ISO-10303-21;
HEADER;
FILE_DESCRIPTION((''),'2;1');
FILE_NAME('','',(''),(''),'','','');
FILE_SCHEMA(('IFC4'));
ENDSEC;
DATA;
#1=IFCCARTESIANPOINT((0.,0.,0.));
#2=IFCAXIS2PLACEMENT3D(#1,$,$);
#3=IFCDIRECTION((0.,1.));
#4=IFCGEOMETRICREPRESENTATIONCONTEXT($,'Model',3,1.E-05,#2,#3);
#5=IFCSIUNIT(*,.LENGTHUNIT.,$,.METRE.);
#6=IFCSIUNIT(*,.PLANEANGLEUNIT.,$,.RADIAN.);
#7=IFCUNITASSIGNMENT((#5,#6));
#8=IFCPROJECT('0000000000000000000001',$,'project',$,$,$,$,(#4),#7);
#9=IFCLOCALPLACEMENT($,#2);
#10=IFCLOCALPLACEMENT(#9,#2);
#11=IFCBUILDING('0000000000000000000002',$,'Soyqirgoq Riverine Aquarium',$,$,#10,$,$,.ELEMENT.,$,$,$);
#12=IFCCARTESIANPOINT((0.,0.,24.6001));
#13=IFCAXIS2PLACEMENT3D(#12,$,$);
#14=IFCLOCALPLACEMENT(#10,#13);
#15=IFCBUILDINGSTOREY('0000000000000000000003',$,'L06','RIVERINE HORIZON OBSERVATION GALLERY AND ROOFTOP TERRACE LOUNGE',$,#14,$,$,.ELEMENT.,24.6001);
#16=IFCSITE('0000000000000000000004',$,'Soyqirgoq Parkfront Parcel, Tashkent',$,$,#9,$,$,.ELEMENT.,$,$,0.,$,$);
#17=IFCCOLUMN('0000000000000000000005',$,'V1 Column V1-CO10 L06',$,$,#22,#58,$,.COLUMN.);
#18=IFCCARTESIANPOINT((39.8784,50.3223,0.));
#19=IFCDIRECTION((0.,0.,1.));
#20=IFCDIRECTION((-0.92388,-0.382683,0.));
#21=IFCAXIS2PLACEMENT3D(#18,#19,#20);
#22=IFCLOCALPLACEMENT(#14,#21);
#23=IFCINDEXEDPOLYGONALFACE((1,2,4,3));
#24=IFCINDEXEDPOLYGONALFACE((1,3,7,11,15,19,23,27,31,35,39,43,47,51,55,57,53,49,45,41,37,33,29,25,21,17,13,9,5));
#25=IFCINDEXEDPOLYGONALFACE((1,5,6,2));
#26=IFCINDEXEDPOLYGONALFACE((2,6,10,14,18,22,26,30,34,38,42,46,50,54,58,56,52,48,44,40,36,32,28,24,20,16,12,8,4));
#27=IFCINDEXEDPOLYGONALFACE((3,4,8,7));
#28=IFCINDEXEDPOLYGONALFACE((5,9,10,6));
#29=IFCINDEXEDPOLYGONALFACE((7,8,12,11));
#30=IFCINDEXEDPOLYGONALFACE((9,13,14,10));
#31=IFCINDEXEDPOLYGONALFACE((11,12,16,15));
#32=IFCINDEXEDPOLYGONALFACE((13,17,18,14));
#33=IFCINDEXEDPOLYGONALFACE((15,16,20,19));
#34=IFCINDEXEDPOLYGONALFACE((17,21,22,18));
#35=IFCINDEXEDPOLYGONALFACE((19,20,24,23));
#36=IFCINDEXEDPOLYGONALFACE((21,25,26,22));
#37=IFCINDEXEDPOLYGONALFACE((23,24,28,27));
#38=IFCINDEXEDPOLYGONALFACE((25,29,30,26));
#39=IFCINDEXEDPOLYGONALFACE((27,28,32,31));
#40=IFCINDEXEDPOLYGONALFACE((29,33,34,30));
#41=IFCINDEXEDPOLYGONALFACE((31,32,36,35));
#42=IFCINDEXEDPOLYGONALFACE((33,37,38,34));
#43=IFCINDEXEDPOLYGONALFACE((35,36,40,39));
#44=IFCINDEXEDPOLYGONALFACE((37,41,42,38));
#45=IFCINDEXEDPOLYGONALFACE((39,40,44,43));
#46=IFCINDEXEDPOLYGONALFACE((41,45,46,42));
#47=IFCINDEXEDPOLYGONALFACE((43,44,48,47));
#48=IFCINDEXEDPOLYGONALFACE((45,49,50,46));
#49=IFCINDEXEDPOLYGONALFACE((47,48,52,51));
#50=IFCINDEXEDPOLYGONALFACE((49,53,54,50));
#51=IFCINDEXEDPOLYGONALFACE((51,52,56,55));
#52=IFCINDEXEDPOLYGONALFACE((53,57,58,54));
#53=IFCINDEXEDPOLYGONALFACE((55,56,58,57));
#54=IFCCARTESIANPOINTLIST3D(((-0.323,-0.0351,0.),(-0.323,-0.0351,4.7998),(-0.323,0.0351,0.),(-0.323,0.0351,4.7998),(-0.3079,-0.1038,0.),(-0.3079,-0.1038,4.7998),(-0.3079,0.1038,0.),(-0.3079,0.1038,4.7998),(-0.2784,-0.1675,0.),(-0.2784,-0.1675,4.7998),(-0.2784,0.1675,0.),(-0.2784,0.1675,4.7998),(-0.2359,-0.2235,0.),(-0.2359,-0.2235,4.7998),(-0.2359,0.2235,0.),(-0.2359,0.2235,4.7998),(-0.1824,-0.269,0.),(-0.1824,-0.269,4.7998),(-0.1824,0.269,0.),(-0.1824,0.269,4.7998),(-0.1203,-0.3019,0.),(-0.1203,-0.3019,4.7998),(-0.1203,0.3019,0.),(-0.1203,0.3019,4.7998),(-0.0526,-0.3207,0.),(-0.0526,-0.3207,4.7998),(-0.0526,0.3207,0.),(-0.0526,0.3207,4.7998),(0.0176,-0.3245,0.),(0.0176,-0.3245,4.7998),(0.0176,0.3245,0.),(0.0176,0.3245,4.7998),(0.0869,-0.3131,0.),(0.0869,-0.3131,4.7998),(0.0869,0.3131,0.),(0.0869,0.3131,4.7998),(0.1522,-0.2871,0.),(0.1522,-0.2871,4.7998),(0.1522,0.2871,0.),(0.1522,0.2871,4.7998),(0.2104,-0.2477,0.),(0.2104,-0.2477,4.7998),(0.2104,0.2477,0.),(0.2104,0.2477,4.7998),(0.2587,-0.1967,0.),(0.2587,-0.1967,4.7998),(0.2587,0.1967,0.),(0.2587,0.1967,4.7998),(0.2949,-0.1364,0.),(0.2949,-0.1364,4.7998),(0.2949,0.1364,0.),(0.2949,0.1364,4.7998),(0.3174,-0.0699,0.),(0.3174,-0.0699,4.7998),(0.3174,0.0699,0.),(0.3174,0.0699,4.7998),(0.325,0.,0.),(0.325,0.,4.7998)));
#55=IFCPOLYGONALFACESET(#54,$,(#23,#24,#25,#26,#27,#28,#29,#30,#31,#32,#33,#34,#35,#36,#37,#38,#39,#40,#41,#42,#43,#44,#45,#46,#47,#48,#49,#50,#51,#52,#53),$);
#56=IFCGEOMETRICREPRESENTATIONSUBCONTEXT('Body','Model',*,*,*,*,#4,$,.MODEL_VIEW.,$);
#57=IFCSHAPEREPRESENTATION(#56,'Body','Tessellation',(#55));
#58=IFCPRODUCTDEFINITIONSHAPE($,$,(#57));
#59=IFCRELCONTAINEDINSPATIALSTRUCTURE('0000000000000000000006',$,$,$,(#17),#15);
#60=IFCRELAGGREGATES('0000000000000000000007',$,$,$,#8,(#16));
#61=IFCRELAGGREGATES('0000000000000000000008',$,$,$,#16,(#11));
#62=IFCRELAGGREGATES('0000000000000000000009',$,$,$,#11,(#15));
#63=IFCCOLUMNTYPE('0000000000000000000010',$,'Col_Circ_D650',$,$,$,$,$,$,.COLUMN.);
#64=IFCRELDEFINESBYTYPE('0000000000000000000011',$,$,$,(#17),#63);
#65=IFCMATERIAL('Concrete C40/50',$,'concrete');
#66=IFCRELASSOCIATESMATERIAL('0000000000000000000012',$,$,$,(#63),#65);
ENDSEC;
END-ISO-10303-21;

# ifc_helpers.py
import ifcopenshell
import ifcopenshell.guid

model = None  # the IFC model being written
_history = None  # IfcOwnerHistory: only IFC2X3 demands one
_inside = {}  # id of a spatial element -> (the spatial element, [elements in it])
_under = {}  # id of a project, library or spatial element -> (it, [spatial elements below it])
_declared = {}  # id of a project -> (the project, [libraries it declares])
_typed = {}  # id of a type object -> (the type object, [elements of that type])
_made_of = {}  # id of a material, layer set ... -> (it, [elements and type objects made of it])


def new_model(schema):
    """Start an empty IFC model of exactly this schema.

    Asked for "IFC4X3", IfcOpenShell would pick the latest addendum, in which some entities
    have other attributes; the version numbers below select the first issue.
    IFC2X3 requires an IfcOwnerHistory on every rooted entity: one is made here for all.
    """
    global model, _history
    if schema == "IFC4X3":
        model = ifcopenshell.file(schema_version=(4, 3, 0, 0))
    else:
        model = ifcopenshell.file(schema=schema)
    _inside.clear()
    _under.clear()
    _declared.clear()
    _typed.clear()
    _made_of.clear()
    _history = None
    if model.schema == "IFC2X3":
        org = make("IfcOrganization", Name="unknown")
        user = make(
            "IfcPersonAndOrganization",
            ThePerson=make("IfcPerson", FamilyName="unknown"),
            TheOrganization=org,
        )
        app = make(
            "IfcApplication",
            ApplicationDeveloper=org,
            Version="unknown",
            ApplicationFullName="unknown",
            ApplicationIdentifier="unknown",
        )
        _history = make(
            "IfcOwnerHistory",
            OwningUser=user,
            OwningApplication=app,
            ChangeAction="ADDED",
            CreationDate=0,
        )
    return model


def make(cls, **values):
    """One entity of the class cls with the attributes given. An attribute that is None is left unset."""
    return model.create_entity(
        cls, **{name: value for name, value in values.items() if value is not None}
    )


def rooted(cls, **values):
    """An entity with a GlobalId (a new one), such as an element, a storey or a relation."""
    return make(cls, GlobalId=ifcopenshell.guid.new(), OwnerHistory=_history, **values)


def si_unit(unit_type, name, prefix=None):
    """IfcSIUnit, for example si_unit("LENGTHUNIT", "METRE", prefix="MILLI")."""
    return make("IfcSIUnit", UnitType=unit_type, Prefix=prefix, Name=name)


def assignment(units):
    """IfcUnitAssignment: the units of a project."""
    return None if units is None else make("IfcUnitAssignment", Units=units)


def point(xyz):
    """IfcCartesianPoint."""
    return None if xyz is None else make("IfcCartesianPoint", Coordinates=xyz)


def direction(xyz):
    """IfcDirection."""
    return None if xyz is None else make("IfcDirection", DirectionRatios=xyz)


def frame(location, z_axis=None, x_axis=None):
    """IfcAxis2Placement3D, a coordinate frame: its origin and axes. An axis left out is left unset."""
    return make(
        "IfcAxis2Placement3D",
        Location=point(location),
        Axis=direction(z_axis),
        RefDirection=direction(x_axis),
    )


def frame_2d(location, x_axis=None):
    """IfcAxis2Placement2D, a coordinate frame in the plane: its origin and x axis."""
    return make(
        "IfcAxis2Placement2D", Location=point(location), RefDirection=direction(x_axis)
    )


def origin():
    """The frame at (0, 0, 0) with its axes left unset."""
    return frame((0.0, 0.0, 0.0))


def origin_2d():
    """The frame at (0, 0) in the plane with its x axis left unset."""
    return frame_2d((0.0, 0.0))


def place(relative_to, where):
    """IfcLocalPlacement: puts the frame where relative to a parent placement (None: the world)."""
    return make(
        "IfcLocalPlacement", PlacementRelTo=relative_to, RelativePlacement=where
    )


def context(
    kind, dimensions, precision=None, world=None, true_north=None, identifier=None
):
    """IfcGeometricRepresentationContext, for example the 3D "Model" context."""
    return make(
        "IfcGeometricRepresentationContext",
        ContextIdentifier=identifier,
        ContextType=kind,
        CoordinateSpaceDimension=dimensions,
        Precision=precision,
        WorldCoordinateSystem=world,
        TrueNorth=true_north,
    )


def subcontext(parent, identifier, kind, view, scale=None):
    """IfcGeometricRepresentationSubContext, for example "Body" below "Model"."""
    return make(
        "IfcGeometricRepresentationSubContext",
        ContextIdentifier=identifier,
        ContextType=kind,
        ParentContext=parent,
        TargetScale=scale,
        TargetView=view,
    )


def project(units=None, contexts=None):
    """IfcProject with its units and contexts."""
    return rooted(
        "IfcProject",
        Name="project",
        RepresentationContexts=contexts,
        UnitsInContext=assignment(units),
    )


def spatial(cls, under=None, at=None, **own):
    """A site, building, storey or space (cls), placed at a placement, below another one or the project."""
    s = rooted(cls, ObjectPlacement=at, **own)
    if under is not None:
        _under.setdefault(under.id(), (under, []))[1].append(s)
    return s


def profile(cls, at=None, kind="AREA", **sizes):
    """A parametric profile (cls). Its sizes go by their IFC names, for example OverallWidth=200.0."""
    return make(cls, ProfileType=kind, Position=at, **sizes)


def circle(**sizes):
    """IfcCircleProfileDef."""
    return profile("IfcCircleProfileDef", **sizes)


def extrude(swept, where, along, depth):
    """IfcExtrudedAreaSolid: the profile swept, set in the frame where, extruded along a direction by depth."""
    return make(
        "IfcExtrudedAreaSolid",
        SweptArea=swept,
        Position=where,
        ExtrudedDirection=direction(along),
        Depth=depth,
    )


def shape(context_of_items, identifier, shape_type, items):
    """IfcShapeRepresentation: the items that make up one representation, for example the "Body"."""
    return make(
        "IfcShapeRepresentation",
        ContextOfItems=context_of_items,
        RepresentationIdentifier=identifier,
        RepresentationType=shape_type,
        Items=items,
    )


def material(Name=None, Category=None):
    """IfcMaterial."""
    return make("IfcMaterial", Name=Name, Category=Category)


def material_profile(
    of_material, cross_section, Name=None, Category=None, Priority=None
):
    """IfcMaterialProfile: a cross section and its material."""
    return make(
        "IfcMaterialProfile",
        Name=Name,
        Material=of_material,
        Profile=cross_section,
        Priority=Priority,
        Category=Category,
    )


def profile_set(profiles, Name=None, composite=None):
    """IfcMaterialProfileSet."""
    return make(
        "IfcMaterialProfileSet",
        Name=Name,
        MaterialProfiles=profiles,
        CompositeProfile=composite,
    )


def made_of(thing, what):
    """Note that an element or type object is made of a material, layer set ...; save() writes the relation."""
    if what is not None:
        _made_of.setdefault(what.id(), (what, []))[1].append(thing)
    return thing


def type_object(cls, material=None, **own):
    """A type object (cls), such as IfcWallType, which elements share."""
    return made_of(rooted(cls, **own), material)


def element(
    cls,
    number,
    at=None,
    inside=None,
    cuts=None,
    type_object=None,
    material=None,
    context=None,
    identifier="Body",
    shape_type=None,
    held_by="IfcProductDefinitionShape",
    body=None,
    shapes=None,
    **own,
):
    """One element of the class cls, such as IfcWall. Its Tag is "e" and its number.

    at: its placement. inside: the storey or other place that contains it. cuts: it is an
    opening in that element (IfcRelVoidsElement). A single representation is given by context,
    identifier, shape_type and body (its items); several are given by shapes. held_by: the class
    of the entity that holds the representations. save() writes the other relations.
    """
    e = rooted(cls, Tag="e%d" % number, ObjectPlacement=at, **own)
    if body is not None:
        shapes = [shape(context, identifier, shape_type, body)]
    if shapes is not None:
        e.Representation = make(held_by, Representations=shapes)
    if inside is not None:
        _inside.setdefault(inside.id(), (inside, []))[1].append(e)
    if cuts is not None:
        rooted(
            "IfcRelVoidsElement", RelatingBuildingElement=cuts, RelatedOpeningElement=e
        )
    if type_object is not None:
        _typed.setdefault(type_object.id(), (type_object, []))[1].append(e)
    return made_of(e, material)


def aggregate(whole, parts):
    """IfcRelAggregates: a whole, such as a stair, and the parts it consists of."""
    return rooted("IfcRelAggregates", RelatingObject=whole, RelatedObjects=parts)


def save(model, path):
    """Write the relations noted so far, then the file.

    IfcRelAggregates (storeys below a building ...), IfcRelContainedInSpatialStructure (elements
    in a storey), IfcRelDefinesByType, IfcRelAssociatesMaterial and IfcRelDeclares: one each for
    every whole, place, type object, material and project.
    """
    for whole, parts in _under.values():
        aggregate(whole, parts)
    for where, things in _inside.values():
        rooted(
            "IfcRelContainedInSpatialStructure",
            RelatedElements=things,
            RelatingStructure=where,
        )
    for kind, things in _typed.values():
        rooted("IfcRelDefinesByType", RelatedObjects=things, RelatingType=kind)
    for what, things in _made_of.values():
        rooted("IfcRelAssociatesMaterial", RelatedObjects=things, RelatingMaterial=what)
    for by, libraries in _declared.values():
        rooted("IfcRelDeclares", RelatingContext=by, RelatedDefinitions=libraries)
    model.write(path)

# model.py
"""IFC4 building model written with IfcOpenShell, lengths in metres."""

from ifc_helpers import new_model, si_unit, direction, frame, origin, origin_2d, place, context, subcontext, project, spatial, circle, extrude, material, material_profile, profile_set, type_object, element, save


model = new_model("IFC4")

# Units and contexts
model_context = context("Model", 3, precision=1e-05, world=origin(), true_north=direction((0.0, 1.0)))
body_context = subcontext(model_context, "Body", "Model", "MODEL_VIEW")
ifc_project = project(units=[si_unit("LENGTHUNIT", "METRE"), si_unit("PLANEANGLEUNIT", "RADIAN")], contexts=[model_context])

# Site, building, storey
site_placement = place(None, origin())
site = spatial("IfcSite", under=ifc_project, at=site_placement, Name="Soyqirgoq Parkfront Parcel, Tashkent", CompositionType="ELEMENT", RefElevation=0.0)
building_placement = place(site_placement, origin())
building = spatial("IfcBuilding", under=site, at=building_placement, Name="Soyqirgoq Riverine Aquarium", CompositionType="ELEMENT")
storey_placement = place(building_placement, frame((0.0, 0.0, 24.6001)))
storey = spatial("IfcBuildingStorey", under=building, at=storey_placement, Name="L06", Description="RIVERINE HORIZON OBSERVATION GALLERY AND ROOFTOP TERRACE LOUNGE", CompositionType="ELEMENT", Elevation=24.6001)

# Column
ifc_material_1 = material(Name="Concrete C40/50", Category="concrete")
ifc_material_profile_1 = material_profile(ifc_material_1, circle(Radius=0.325, at=origin_2d()), Name="RC-COL D650")
ifc_profile_set_1 = profile_set([ifc_material_profile_1], Name="Concrete C40/50")
column_type = type_object("IfcColumnType", Name="Col_Circ_D650", PredefinedType="COLUMN", material=ifc_profile_set_1)
for number, where, z_axis, x_axis, name in (
    (1, (39.8784, 50.3223, 0.0), (0.0, 0.0, 1.0), (-0.92388, -0.382683, 0.0), "V1 Column V1-CO10 L06"),
):
    element("IfcColumn", number, at=place(storey_placement, frame(where, z_axis=z_axis, x_axis=x_axis)), inside=storey, type_object=column_type, Name=name, PredefinedType="COLUMN", context=body_context, shape_type="SweptSolid", body=[
        extrude(circle(Radius=0.325, at=origin_2d()), origin(), (0.0, 0.0, 1.0), 4.7998),
    ])

save(model, "model.ifc")
